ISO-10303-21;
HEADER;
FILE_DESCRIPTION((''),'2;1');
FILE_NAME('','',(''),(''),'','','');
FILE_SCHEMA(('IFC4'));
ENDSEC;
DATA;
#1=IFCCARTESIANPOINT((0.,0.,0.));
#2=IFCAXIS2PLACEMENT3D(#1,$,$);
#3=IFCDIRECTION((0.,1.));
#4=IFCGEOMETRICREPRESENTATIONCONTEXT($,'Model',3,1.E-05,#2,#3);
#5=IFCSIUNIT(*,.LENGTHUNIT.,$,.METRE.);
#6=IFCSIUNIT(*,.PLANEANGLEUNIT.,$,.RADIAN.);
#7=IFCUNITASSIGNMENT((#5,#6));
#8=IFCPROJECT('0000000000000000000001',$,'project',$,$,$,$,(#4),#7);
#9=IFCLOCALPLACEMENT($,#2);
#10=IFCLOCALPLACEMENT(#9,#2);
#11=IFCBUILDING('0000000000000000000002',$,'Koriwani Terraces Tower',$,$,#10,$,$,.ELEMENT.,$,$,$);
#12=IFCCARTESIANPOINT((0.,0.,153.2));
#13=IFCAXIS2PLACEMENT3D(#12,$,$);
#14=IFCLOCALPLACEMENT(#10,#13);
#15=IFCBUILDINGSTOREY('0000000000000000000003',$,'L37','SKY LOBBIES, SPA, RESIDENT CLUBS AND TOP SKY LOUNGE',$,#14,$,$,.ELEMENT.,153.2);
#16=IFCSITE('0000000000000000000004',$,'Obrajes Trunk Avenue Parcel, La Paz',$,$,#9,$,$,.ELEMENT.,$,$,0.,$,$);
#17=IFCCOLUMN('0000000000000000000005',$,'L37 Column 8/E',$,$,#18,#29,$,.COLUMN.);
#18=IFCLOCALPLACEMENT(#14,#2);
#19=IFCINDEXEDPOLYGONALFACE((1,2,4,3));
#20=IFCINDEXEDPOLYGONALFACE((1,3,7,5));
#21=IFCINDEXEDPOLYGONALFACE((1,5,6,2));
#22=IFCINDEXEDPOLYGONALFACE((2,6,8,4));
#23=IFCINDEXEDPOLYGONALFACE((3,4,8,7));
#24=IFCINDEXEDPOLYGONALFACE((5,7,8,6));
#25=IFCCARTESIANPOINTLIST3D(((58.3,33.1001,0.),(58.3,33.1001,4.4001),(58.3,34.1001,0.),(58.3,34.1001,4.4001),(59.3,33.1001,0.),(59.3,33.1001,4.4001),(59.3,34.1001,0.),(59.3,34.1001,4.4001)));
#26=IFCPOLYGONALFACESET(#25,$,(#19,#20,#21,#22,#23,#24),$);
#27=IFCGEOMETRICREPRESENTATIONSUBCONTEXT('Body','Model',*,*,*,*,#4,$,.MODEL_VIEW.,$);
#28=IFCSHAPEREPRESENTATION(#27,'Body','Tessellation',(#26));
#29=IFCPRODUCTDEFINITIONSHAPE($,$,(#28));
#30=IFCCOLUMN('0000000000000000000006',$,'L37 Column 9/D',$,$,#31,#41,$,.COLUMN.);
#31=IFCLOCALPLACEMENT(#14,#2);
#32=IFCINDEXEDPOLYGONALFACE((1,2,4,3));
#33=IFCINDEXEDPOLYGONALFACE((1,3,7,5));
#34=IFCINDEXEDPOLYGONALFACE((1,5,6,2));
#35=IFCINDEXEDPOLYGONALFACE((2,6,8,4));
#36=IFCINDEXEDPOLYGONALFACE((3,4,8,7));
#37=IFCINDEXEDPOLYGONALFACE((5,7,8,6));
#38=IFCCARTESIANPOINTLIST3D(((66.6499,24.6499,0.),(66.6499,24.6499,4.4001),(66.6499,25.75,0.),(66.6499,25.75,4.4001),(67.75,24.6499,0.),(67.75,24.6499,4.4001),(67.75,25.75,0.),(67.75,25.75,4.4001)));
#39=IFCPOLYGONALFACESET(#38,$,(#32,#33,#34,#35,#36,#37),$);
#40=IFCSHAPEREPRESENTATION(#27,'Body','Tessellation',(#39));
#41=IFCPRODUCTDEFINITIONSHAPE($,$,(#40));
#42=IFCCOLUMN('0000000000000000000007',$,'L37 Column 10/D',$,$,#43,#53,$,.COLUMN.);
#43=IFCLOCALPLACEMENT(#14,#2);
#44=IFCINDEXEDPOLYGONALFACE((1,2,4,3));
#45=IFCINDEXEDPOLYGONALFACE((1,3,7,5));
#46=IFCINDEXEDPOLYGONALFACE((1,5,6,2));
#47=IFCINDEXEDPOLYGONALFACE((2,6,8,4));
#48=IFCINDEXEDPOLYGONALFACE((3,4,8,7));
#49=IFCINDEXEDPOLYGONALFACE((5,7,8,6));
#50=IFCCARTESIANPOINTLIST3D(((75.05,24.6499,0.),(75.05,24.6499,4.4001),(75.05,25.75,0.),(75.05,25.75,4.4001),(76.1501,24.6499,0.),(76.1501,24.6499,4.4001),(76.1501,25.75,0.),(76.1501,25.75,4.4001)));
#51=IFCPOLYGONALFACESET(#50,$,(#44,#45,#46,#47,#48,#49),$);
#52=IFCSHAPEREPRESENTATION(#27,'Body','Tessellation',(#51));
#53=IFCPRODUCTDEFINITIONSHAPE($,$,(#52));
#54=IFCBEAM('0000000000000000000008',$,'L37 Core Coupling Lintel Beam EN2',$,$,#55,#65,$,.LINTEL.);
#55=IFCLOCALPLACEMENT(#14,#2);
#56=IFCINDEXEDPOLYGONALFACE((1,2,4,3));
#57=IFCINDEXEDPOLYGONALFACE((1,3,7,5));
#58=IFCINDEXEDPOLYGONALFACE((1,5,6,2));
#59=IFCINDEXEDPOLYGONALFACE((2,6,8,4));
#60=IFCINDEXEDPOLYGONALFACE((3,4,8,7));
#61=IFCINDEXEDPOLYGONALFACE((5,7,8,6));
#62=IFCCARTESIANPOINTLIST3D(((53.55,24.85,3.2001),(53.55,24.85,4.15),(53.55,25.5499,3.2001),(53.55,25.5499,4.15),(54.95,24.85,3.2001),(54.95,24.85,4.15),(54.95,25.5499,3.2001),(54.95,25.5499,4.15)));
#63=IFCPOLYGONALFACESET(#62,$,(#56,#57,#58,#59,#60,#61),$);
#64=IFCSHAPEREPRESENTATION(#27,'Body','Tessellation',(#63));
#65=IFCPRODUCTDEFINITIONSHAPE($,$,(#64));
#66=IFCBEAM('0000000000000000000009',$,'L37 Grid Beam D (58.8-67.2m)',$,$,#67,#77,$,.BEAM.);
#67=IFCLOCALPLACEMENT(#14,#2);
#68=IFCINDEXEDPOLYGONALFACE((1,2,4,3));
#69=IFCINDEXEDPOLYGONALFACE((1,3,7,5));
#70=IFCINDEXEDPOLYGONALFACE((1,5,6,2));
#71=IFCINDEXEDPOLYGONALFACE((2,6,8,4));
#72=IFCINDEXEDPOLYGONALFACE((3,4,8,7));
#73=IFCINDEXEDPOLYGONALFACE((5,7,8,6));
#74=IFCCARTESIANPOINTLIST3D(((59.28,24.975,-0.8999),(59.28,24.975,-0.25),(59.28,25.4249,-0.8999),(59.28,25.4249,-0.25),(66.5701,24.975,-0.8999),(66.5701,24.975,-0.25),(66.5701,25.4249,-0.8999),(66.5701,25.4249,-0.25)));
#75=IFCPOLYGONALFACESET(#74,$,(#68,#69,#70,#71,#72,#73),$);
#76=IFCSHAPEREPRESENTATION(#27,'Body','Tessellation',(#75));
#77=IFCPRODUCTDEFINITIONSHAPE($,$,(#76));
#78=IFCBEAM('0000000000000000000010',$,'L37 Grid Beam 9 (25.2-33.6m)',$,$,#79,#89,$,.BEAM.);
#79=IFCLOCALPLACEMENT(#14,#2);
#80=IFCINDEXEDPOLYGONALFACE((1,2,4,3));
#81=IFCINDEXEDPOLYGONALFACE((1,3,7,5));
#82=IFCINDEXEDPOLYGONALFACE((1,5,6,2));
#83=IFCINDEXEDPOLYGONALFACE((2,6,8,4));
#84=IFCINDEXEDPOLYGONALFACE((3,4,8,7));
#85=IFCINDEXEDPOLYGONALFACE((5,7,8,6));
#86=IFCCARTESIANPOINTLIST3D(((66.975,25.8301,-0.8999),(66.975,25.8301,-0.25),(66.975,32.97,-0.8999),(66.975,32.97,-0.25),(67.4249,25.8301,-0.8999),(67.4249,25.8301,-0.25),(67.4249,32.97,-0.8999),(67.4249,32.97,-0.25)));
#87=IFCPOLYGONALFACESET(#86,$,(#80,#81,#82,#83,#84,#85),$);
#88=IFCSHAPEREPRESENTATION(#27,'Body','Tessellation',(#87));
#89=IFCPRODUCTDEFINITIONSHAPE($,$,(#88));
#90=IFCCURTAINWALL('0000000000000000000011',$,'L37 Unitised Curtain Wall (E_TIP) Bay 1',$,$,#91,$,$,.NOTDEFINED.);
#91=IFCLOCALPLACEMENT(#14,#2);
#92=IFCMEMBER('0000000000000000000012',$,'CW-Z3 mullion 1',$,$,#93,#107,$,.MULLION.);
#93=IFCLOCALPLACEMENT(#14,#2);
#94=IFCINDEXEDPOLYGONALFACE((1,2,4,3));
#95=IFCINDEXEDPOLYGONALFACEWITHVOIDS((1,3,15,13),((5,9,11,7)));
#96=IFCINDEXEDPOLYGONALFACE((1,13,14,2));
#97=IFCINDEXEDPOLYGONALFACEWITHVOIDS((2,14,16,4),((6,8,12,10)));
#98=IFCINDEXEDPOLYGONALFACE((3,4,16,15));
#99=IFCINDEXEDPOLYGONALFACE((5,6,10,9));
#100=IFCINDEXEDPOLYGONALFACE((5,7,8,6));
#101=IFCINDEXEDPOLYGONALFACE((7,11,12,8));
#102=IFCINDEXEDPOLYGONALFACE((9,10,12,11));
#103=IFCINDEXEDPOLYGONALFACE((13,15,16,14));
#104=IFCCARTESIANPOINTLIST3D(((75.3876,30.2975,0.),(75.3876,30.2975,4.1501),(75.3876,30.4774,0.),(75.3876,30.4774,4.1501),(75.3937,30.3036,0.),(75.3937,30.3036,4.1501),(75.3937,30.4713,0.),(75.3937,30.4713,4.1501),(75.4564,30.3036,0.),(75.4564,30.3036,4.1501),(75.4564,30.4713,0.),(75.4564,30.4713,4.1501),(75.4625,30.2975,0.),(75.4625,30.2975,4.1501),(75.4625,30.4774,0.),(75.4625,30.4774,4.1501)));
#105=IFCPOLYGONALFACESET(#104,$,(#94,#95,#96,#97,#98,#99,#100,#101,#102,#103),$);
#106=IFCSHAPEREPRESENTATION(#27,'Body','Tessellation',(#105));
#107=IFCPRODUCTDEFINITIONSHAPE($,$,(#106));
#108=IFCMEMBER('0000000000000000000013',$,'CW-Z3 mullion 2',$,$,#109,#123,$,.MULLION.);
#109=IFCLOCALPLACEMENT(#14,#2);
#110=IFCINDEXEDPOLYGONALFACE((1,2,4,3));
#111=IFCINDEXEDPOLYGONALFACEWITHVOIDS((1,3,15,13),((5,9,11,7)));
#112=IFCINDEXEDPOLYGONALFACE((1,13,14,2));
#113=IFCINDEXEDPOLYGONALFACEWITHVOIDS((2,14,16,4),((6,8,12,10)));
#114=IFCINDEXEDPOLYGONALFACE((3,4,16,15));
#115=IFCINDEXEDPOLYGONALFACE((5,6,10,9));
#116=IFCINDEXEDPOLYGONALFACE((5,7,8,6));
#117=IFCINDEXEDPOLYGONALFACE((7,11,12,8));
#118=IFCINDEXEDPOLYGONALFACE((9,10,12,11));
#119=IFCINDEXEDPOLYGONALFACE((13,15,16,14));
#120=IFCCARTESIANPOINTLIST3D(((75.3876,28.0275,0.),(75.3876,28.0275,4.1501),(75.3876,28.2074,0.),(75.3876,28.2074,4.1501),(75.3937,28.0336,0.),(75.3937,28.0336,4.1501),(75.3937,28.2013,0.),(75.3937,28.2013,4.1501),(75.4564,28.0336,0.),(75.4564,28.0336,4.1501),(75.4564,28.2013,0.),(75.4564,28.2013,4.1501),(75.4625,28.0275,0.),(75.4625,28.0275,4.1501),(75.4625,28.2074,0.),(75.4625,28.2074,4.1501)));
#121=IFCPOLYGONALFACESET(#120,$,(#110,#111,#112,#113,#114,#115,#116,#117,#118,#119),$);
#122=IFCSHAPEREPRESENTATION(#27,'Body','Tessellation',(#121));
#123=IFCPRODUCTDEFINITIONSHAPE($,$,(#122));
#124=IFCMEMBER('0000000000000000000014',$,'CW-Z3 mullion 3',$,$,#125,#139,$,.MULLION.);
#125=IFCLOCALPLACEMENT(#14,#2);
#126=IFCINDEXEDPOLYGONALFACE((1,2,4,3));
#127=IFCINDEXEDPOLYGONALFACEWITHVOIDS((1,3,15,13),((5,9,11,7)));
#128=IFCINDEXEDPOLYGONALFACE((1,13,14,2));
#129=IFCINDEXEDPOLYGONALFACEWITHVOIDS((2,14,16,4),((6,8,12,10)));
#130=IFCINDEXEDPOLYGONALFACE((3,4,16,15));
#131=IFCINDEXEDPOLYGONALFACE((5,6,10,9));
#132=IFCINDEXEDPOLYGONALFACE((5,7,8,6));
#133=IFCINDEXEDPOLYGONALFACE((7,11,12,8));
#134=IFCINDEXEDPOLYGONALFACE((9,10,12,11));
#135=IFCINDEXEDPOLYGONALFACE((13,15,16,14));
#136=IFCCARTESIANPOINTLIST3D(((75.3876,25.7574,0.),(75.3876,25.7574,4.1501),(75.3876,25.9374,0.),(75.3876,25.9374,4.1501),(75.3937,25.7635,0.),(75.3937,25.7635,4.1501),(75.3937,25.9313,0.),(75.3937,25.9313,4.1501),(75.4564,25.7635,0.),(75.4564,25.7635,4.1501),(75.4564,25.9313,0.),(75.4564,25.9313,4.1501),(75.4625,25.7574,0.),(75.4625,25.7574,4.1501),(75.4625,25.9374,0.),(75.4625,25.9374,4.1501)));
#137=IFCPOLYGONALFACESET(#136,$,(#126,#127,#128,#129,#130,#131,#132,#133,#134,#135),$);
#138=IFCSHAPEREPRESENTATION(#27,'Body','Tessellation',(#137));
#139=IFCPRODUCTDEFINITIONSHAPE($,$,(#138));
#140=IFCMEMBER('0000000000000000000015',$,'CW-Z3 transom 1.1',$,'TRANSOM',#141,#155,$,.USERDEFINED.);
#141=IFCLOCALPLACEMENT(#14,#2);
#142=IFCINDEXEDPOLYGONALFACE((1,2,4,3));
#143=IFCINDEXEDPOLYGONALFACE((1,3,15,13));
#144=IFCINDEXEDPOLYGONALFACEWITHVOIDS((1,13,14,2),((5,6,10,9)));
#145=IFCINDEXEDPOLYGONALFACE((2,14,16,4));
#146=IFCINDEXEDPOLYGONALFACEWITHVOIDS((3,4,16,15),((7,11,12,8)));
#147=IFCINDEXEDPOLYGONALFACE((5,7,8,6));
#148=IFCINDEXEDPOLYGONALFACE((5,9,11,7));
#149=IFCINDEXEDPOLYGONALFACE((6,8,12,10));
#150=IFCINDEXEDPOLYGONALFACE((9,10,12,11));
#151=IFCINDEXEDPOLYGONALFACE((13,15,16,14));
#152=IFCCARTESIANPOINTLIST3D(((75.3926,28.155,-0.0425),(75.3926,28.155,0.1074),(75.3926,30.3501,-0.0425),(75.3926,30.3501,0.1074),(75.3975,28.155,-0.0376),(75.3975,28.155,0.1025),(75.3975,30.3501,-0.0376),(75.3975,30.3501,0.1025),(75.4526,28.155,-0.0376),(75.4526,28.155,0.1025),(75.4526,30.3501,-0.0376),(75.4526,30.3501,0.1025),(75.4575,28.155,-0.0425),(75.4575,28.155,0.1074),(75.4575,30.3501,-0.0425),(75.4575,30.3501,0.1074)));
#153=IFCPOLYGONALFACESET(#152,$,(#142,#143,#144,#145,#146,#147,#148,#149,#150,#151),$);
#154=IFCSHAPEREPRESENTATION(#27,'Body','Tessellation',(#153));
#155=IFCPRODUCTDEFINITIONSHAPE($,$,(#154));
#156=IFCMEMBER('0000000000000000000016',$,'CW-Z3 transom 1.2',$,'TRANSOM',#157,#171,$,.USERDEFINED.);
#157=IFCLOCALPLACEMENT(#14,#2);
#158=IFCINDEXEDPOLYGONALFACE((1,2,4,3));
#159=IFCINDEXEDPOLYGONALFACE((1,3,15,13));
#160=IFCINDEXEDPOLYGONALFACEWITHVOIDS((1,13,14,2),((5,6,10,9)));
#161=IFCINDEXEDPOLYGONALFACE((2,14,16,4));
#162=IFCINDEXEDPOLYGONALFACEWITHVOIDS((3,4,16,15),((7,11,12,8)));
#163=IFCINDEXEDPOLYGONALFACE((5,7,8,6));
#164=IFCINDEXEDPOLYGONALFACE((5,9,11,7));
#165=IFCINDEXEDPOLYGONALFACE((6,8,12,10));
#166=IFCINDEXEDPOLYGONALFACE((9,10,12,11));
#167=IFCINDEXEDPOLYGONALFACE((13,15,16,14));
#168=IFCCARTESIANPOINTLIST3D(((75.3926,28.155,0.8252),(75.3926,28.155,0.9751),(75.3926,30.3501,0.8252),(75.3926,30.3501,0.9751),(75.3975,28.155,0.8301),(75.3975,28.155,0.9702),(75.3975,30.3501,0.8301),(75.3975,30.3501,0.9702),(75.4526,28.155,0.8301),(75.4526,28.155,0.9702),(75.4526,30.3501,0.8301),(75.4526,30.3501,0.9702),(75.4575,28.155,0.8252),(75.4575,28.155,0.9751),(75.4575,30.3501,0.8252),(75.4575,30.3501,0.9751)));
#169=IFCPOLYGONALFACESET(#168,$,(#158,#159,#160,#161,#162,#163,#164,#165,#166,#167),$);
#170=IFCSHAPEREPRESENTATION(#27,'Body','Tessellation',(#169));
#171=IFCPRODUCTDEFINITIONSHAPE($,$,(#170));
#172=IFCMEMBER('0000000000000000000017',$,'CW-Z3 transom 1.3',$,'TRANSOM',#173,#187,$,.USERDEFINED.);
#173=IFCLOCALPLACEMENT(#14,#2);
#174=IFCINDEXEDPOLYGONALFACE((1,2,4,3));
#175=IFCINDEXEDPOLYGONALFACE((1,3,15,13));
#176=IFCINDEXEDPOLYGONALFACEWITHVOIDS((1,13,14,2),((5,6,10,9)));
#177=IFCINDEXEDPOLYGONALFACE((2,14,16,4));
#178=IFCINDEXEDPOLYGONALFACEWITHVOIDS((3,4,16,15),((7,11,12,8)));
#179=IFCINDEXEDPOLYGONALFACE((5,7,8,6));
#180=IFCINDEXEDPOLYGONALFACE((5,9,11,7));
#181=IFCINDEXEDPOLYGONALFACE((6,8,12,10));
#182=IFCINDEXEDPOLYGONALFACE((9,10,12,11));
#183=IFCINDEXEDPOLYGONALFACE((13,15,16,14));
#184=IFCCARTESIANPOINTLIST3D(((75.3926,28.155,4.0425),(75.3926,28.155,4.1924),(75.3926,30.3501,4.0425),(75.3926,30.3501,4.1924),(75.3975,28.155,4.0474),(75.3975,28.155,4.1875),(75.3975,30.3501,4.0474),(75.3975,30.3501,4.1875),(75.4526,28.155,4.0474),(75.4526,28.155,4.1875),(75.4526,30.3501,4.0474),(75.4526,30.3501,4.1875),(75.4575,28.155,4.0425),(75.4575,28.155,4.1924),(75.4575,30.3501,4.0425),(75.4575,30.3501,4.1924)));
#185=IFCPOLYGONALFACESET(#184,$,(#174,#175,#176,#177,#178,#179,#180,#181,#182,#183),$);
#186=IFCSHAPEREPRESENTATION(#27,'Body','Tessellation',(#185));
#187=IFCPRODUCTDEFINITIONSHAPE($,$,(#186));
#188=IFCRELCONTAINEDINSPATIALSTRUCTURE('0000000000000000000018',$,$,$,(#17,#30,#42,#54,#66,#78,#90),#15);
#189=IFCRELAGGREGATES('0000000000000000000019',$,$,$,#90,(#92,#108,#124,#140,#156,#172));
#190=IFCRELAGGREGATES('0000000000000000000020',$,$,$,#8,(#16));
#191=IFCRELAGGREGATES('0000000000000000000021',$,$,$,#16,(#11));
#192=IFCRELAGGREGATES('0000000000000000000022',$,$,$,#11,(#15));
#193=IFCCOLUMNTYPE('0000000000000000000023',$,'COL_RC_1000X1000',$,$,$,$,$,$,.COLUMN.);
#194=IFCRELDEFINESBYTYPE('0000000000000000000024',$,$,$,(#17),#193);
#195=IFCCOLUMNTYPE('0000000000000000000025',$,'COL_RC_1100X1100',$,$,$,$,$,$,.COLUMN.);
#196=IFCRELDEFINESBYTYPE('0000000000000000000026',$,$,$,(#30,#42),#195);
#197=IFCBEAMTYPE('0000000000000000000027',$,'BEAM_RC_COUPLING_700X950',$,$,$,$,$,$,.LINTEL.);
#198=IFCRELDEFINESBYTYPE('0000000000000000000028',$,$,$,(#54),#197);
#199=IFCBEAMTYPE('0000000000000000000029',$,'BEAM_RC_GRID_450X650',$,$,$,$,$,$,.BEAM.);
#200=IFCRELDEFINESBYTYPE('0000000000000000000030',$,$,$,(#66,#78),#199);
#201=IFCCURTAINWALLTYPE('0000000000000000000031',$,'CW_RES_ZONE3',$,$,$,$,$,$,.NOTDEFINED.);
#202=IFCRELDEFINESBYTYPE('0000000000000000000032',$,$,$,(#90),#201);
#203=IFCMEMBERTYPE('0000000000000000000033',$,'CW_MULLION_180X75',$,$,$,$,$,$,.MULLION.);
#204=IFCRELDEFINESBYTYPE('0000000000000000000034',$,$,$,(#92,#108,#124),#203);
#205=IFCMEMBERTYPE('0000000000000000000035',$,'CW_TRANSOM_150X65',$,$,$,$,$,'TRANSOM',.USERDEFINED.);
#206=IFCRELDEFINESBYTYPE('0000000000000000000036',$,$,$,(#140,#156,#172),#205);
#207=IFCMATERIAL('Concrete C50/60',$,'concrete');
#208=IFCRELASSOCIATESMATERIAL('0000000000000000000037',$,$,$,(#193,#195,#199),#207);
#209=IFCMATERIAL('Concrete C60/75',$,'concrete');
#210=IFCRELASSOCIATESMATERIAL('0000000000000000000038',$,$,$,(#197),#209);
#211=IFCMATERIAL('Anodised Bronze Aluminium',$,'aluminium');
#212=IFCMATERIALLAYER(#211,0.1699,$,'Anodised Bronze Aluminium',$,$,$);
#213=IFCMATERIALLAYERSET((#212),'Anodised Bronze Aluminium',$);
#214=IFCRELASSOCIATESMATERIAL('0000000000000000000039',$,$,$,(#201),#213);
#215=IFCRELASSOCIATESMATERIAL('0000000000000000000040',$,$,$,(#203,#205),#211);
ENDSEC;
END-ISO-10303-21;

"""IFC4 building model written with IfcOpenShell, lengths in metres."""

from ifc_helpers import new_model, si_unit, direction, frame, origin, origin_2d, place, context, subcontext, project, spatial, rectangle, hollow_rectangle, extrude, material, layer, layer_set, material_profile, profile_set, type_object, element, aggregate, save


model = new_model("IFC4")

# Units and contexts
model_context = context("Model", 3, precision=1e-05, world=origin(), true_north=direction((0.0, 1.0)))
body_context = subcontext(model_context, "Body", "Model", "MODEL_VIEW")
ifc_project = project(units=[si_unit("LENGTHUNIT", "METRE"), si_unit("PLANEANGLEUNIT", "RADIAN")], contexts=[model_context])

# Site, building, storey
site_placement = place(None, origin())
site = spatial("IfcSite", under=ifc_project, at=site_placement, Name="Obrajes Trunk Avenue Parcel, La Paz", CompositionType="ELEMENT", RefElevation=0.0)
building_placement = place(site_placement, origin())
building = spatial("IfcBuilding", under=site, at=building_placement, Name="Koriwani Terraces Tower", CompositionType="ELEMENT")
storey_placement = place(building_placement, frame((0.0, 0.0, 153.2)))
storey = spatial("IfcBuildingStorey", under=building, at=storey_placement, Name="L37", Description="SKY LOBBIES, SPA, RESIDENT CLUBS AND TOP SKY LOUNGE", CompositionType="ELEMENT", Elevation=153.2)

# Columns
ifc_material_1 = material(Name="Concrete C50/60", Category="concrete")
ifc_material_profile_1 = material_profile(ifc_material_1, rectangle(XDim=1.0, YDim=1.0, at=origin_2d()), Name="Concrete C50/60", Category="LoadBearing")
ifc_profile_set_1 = profile_set([ifc_material_profile_1], Name="Concrete C50/60")
column_type_1 = type_object("IfcColumnType", Name="COL_RC_1000X1000", PredefinedType="COLUMN", material=ifc_profile_set_1)
column_placement = place(storey_placement, frame((58.8, 33.6001, 0.0), z_axis=(0.0, 0.0, 1.0), x_axis=(1.0, 0.0, 0.0)))
element("IfcColumn", 1, at=column_placement, inside=storey, type_object=column_type_1, Name="L37 Column 8/E", PredefinedType="COLUMN", context=body_context, shape_type="SweptSolid", body=[
    extrude(rectangle(XDim=1.0, YDim=1.0, at=origin_2d()), origin(), (0.0, 0.0, 1.0), 4.4001),
])
ifc_material_profile_2 = material_profile(ifc_material_1, rectangle(XDim=1.1001, YDim=1.1001, at=origin_2d()), Name="Concrete C50/60", Category="LoadBearing")
ifc_profile_set_2 = profile_set([ifc_material_profile_2], Name="Concrete C50/60")
column_type_2 = type_object("IfcColumnType", Name="COL_RC_1100X1100", PredefinedType="COLUMN", material=ifc_profile_set_2)
for number, where, z_axis, x_axis, name in (
    (2, (67.2, 25.2, 0.0), (0.0, 0.0, 1.0), (1.0, 0.0, 0.0), "L37 Column 9/D"),
    (3, (75.6001, 25.2, 0.0), (0.0, 0.0, 1.0), (1.0, 0.0, 0.0), "L37 Column 10/D"),
):
    element("IfcColumn", number, at=place(storey_placement, frame(where, z_axis=z_axis, x_axis=x_axis)), inside=storey, type_object=column_type_2, Name=name, PredefinedType="COLUMN", context=body_context, shape_type="SweptSolid", body=[
        extrude(rectangle(XDim=1.1001, YDim=1.1001, at=origin_2d()), origin(), (0.0, 0.0, 1.0), 4.4001),
    ])

# Beams
ifc_material_2 = material(Name="Concrete C60/75", Category="concrete")
ifc_material_profile_3 = material_profile(ifc_material_2, rectangle(XDim=0.7, YDim=0.95, at=origin_2d()), Name="Concrete C60/75", Category="LoadBearing")
ifc_profile_set_3 = profile_set([ifc_material_profile_3], Name="Concrete C60/75")
beam_type_1 = type_object("IfcBeamType", Name="BEAM_RC_COUPLING_700X950", PredefinedType="LINTEL", material=ifc_profile_set_3)
beam_1_placement = place(storey_placement, frame((53.55, 25.2, 3.675), z_axis=(1.0, 0.0, 0.0), x_axis=(0.0, 1.0, 0.0)))
element("IfcBeam", 4, at=beam_1_placement, inside=storey, type_object=beam_type_1, Name="L37 Core Coupling Lintel Beam EN2", PredefinedType="LINTEL", context=body_context, shape_type="SweptSolid", body=[
    extrude(rectangle(XDim=0.7, YDim=0.95, at=origin_2d()), origin(), (0.0, 0.0, 1.0), 1.3999),
])
ifc_material_profile_4 = material_profile(ifc_material_1, rectangle(XDim=0.45, YDim=0.6499, at=origin_2d()), Name="Concrete C50/60", Category="LoadBearing")
ifc_profile_set_4 = profile_set([ifc_material_profile_4], Name="Concrete C50/60")
beam_type_2 = type_object("IfcBeamType", Name="BEAM_RC_GRID_450X650", PredefinedType="BEAM", material=ifc_profile_set_4)
beam_2_placement = place(storey_placement, frame((59.28, 25.2, -0.575), z_axis=(1.0, 0.0, 0.0), x_axis=(0.0, 1.0, 0.0)))
element("IfcBeam", 5, at=beam_2_placement, inside=storey, type_object=beam_type_2, Name="L37 Grid Beam D (58.8-67.2m)", PredefinedType="BEAM", context=body_context, shape_type="SweptSolid", body=[
    extrude(rectangle(XDim=0.45, YDim=0.6499, at=origin_2d()), origin(), (0.0, 0.0, 1.0), 7.29),
])
beam_3_placement = place(storey_placement, frame((67.2, 25.8301, -0.575), z_axis=(0.0, 1.0, 0.0), x_axis=(-1.0, 0.0, 0.0)))
element("IfcBeam", 6, at=beam_3_placement, inside=storey, type_object=beam_type_2, Name="L37 Grid Beam 9 (25.2-33.6m)", PredefinedType="BEAM", context=body_context, shape_type="SweptSolid", body=[
    extrude(rectangle(XDim=0.45, YDim=0.6499, at=origin_2d()), origin(), (0.0, 0.0, 1.0), 7.1399),
])

# Curtain wall, members
ifc_material_3 = material(Name="Anodised Bronze Aluminium", Category="aluminium")
ifc_layer_1 = layer(ifc_material_3, 0.1699, Name="Anodised Bronze Aluminium")
ifc_layer_set_1 = layer_set([ifc_layer_1], Name="Anodised Bronze Aluminium")
curtain_wall_type = type_object("IfcCurtainWallType", Name="CW_RES_ZONE3", PredefinedType="NOTDEFINED", material=ifc_layer_set_1)
curtain_wall_placement = place(storey_placement, origin())
curtain_wall = element("IfcCurtainWall", 7, at=curtain_wall_placement, inside=storey, type_object=curtain_wall_type, Name="L37 Unitised Curtain Wall (E_TIP) Bay 1", PredefinedType="NOTDEFINED")
ifc_material_profile_5 = material_profile(ifc_material_3, hollow_rectangle(XDim=0.075, YDim=0.1799, WallThickness=0.0061, at=origin_2d()), Name="Anodised Bronze Aluminium", Category="LoadBearing")
ifc_profile_set_5 = profile_set([ifc_material_profile_5], Name="Anodised Bronze Aluminium")
member_type_1 = type_object("IfcMemberType", Name="CW_MULLION_180X75", PredefinedType="MULLION", material=ifc_profile_set_5)
member_1_placement = place(storey_placement, frame((75.425, 30.3875, 0.0), z_axis=(0.0, 0.0, 1.0), x_axis=(1.0, 0.0, 0.0)))
member_1 = element("IfcMember", 8, at=member_1_placement, type_object=member_type_1, Name="CW-Z3 mullion 1", PredefinedType="MULLION", context=body_context, shape_type="SweptSolid", body=[
    extrude(hollow_rectangle(XDim=0.075, YDim=0.1799, WallThickness=0.0061, at=origin_2d()), origin(), (0.0, 0.0, 1.0), 4.1501),
])
member_2_placement = place(storey_placement, frame((75.425, 28.1174, 0.0), z_axis=(0.0, 0.0, 1.0), x_axis=(1.0, 0.0, 0.0)))
member_2 = element("IfcMember", 9, at=member_2_placement, type_object=member_type_1, Name="CW-Z3 mullion 2", PredefinedType="MULLION", context=body_context, shape_type="SweptSolid", body=[
    extrude(hollow_rectangle(XDim=0.075, YDim=0.1799, WallThickness=0.0061, at=origin_2d()), origin(), (0.0, 0.0, 1.0), 4.1501),
])
member_3_placement = place(storey_placement, frame((75.425, 25.8474, 0.0), z_axis=(0.0, 0.0, 1.0), x_axis=(1.0, 0.0, 0.0)))
member_3 = element("IfcMember", 10, at=member_3_placement, type_object=member_type_1, Name="CW-Z3 mullion 3", PredefinedType="MULLION", context=body_context, shape_type="SweptSolid", body=[
    extrude(hollow_rectangle(XDim=0.075, YDim=0.1799, WallThickness=0.0061, at=origin_2d()), origin(), (0.0, 0.0, 1.0), 4.1501),
])
ifc_material_profile_6 = material_profile(ifc_material_3, hollow_rectangle(XDim=0.0649, YDim=0.1499, WallThickness=0.0049, at=origin_2d()), Name="Anodised Bronze Aluminium", Category="LoadBearing")
ifc_profile_set_6 = profile_set([ifc_material_profile_6], Name="Anodised Bronze Aluminium")
member_type_2 = type_object("IfcMemberType", Name="CW_TRANSOM_150X65", ElementType="TRANSOM", PredefinedType="USERDEFINED", material=ifc_profile_set_6)
member_4_placement = place(storey_placement, frame((75.425, 30.3501, 0.0325), z_axis=(0.0, -1.0, 0.0), x_axis=(1.0, 0.0, 0.0)))
member_4 = element("IfcMember", 11, at=member_4_placement, type_object=member_type_2, Name="CW-Z3 transom 1.1", ObjectType="TRANSOM", PredefinedType="USERDEFINED", context=body_context, shape_type="SweptSolid", body=[
    extrude(hollow_rectangle(XDim=0.0649, YDim=0.1499, WallThickness=0.0049, at=origin_2d()), origin(), (0.0, 0.0, 1.0), 2.1951),
])
member_5_placement = place(storey_placement, frame((75.425, 30.3501, 0.9001), z_axis=(0.0, -1.0, 0.0), x_axis=(1.0, 0.0, 0.0)))
member_5 = element("IfcMember", 12, at=member_5_placement, type_object=member_type_2, Name="CW-Z3 transom 1.2", ObjectType="TRANSOM", PredefinedType="USERDEFINED", context=body_context, shape_type="SweptSolid", body=[
    extrude(hollow_rectangle(XDim=0.0649, YDim=0.1499, WallThickness=0.0049, at=origin_2d()), origin(), (0.0, 0.0, 1.0), 2.1951),
])
member_6_placement = place(storey_placement, frame((75.425, 30.3501, 4.1174), z_axis=(0.0, -1.0, 0.0), x_axis=(1.0, 0.0, 0.0)))
member_6 = element("IfcMember", 13, at=member_6_placement, type_object=member_type_2, Name="CW-Z3 transom 1.3", ObjectType="TRANSOM", PredefinedType="USERDEFINED", context=body_context, shape_type="SweptSolid", body=[
    extrude(hollow_rectangle(XDim=0.0649, YDim=0.1499, WallThickness=0.0049, at=origin_2d()), origin(), (0.0, 0.0, 1.0), 2.1951),
])

aggregate(curtain_wall, [member_1, member_2, member_3, member_4, member_5, member_6])

save(model, "model.ifc")
